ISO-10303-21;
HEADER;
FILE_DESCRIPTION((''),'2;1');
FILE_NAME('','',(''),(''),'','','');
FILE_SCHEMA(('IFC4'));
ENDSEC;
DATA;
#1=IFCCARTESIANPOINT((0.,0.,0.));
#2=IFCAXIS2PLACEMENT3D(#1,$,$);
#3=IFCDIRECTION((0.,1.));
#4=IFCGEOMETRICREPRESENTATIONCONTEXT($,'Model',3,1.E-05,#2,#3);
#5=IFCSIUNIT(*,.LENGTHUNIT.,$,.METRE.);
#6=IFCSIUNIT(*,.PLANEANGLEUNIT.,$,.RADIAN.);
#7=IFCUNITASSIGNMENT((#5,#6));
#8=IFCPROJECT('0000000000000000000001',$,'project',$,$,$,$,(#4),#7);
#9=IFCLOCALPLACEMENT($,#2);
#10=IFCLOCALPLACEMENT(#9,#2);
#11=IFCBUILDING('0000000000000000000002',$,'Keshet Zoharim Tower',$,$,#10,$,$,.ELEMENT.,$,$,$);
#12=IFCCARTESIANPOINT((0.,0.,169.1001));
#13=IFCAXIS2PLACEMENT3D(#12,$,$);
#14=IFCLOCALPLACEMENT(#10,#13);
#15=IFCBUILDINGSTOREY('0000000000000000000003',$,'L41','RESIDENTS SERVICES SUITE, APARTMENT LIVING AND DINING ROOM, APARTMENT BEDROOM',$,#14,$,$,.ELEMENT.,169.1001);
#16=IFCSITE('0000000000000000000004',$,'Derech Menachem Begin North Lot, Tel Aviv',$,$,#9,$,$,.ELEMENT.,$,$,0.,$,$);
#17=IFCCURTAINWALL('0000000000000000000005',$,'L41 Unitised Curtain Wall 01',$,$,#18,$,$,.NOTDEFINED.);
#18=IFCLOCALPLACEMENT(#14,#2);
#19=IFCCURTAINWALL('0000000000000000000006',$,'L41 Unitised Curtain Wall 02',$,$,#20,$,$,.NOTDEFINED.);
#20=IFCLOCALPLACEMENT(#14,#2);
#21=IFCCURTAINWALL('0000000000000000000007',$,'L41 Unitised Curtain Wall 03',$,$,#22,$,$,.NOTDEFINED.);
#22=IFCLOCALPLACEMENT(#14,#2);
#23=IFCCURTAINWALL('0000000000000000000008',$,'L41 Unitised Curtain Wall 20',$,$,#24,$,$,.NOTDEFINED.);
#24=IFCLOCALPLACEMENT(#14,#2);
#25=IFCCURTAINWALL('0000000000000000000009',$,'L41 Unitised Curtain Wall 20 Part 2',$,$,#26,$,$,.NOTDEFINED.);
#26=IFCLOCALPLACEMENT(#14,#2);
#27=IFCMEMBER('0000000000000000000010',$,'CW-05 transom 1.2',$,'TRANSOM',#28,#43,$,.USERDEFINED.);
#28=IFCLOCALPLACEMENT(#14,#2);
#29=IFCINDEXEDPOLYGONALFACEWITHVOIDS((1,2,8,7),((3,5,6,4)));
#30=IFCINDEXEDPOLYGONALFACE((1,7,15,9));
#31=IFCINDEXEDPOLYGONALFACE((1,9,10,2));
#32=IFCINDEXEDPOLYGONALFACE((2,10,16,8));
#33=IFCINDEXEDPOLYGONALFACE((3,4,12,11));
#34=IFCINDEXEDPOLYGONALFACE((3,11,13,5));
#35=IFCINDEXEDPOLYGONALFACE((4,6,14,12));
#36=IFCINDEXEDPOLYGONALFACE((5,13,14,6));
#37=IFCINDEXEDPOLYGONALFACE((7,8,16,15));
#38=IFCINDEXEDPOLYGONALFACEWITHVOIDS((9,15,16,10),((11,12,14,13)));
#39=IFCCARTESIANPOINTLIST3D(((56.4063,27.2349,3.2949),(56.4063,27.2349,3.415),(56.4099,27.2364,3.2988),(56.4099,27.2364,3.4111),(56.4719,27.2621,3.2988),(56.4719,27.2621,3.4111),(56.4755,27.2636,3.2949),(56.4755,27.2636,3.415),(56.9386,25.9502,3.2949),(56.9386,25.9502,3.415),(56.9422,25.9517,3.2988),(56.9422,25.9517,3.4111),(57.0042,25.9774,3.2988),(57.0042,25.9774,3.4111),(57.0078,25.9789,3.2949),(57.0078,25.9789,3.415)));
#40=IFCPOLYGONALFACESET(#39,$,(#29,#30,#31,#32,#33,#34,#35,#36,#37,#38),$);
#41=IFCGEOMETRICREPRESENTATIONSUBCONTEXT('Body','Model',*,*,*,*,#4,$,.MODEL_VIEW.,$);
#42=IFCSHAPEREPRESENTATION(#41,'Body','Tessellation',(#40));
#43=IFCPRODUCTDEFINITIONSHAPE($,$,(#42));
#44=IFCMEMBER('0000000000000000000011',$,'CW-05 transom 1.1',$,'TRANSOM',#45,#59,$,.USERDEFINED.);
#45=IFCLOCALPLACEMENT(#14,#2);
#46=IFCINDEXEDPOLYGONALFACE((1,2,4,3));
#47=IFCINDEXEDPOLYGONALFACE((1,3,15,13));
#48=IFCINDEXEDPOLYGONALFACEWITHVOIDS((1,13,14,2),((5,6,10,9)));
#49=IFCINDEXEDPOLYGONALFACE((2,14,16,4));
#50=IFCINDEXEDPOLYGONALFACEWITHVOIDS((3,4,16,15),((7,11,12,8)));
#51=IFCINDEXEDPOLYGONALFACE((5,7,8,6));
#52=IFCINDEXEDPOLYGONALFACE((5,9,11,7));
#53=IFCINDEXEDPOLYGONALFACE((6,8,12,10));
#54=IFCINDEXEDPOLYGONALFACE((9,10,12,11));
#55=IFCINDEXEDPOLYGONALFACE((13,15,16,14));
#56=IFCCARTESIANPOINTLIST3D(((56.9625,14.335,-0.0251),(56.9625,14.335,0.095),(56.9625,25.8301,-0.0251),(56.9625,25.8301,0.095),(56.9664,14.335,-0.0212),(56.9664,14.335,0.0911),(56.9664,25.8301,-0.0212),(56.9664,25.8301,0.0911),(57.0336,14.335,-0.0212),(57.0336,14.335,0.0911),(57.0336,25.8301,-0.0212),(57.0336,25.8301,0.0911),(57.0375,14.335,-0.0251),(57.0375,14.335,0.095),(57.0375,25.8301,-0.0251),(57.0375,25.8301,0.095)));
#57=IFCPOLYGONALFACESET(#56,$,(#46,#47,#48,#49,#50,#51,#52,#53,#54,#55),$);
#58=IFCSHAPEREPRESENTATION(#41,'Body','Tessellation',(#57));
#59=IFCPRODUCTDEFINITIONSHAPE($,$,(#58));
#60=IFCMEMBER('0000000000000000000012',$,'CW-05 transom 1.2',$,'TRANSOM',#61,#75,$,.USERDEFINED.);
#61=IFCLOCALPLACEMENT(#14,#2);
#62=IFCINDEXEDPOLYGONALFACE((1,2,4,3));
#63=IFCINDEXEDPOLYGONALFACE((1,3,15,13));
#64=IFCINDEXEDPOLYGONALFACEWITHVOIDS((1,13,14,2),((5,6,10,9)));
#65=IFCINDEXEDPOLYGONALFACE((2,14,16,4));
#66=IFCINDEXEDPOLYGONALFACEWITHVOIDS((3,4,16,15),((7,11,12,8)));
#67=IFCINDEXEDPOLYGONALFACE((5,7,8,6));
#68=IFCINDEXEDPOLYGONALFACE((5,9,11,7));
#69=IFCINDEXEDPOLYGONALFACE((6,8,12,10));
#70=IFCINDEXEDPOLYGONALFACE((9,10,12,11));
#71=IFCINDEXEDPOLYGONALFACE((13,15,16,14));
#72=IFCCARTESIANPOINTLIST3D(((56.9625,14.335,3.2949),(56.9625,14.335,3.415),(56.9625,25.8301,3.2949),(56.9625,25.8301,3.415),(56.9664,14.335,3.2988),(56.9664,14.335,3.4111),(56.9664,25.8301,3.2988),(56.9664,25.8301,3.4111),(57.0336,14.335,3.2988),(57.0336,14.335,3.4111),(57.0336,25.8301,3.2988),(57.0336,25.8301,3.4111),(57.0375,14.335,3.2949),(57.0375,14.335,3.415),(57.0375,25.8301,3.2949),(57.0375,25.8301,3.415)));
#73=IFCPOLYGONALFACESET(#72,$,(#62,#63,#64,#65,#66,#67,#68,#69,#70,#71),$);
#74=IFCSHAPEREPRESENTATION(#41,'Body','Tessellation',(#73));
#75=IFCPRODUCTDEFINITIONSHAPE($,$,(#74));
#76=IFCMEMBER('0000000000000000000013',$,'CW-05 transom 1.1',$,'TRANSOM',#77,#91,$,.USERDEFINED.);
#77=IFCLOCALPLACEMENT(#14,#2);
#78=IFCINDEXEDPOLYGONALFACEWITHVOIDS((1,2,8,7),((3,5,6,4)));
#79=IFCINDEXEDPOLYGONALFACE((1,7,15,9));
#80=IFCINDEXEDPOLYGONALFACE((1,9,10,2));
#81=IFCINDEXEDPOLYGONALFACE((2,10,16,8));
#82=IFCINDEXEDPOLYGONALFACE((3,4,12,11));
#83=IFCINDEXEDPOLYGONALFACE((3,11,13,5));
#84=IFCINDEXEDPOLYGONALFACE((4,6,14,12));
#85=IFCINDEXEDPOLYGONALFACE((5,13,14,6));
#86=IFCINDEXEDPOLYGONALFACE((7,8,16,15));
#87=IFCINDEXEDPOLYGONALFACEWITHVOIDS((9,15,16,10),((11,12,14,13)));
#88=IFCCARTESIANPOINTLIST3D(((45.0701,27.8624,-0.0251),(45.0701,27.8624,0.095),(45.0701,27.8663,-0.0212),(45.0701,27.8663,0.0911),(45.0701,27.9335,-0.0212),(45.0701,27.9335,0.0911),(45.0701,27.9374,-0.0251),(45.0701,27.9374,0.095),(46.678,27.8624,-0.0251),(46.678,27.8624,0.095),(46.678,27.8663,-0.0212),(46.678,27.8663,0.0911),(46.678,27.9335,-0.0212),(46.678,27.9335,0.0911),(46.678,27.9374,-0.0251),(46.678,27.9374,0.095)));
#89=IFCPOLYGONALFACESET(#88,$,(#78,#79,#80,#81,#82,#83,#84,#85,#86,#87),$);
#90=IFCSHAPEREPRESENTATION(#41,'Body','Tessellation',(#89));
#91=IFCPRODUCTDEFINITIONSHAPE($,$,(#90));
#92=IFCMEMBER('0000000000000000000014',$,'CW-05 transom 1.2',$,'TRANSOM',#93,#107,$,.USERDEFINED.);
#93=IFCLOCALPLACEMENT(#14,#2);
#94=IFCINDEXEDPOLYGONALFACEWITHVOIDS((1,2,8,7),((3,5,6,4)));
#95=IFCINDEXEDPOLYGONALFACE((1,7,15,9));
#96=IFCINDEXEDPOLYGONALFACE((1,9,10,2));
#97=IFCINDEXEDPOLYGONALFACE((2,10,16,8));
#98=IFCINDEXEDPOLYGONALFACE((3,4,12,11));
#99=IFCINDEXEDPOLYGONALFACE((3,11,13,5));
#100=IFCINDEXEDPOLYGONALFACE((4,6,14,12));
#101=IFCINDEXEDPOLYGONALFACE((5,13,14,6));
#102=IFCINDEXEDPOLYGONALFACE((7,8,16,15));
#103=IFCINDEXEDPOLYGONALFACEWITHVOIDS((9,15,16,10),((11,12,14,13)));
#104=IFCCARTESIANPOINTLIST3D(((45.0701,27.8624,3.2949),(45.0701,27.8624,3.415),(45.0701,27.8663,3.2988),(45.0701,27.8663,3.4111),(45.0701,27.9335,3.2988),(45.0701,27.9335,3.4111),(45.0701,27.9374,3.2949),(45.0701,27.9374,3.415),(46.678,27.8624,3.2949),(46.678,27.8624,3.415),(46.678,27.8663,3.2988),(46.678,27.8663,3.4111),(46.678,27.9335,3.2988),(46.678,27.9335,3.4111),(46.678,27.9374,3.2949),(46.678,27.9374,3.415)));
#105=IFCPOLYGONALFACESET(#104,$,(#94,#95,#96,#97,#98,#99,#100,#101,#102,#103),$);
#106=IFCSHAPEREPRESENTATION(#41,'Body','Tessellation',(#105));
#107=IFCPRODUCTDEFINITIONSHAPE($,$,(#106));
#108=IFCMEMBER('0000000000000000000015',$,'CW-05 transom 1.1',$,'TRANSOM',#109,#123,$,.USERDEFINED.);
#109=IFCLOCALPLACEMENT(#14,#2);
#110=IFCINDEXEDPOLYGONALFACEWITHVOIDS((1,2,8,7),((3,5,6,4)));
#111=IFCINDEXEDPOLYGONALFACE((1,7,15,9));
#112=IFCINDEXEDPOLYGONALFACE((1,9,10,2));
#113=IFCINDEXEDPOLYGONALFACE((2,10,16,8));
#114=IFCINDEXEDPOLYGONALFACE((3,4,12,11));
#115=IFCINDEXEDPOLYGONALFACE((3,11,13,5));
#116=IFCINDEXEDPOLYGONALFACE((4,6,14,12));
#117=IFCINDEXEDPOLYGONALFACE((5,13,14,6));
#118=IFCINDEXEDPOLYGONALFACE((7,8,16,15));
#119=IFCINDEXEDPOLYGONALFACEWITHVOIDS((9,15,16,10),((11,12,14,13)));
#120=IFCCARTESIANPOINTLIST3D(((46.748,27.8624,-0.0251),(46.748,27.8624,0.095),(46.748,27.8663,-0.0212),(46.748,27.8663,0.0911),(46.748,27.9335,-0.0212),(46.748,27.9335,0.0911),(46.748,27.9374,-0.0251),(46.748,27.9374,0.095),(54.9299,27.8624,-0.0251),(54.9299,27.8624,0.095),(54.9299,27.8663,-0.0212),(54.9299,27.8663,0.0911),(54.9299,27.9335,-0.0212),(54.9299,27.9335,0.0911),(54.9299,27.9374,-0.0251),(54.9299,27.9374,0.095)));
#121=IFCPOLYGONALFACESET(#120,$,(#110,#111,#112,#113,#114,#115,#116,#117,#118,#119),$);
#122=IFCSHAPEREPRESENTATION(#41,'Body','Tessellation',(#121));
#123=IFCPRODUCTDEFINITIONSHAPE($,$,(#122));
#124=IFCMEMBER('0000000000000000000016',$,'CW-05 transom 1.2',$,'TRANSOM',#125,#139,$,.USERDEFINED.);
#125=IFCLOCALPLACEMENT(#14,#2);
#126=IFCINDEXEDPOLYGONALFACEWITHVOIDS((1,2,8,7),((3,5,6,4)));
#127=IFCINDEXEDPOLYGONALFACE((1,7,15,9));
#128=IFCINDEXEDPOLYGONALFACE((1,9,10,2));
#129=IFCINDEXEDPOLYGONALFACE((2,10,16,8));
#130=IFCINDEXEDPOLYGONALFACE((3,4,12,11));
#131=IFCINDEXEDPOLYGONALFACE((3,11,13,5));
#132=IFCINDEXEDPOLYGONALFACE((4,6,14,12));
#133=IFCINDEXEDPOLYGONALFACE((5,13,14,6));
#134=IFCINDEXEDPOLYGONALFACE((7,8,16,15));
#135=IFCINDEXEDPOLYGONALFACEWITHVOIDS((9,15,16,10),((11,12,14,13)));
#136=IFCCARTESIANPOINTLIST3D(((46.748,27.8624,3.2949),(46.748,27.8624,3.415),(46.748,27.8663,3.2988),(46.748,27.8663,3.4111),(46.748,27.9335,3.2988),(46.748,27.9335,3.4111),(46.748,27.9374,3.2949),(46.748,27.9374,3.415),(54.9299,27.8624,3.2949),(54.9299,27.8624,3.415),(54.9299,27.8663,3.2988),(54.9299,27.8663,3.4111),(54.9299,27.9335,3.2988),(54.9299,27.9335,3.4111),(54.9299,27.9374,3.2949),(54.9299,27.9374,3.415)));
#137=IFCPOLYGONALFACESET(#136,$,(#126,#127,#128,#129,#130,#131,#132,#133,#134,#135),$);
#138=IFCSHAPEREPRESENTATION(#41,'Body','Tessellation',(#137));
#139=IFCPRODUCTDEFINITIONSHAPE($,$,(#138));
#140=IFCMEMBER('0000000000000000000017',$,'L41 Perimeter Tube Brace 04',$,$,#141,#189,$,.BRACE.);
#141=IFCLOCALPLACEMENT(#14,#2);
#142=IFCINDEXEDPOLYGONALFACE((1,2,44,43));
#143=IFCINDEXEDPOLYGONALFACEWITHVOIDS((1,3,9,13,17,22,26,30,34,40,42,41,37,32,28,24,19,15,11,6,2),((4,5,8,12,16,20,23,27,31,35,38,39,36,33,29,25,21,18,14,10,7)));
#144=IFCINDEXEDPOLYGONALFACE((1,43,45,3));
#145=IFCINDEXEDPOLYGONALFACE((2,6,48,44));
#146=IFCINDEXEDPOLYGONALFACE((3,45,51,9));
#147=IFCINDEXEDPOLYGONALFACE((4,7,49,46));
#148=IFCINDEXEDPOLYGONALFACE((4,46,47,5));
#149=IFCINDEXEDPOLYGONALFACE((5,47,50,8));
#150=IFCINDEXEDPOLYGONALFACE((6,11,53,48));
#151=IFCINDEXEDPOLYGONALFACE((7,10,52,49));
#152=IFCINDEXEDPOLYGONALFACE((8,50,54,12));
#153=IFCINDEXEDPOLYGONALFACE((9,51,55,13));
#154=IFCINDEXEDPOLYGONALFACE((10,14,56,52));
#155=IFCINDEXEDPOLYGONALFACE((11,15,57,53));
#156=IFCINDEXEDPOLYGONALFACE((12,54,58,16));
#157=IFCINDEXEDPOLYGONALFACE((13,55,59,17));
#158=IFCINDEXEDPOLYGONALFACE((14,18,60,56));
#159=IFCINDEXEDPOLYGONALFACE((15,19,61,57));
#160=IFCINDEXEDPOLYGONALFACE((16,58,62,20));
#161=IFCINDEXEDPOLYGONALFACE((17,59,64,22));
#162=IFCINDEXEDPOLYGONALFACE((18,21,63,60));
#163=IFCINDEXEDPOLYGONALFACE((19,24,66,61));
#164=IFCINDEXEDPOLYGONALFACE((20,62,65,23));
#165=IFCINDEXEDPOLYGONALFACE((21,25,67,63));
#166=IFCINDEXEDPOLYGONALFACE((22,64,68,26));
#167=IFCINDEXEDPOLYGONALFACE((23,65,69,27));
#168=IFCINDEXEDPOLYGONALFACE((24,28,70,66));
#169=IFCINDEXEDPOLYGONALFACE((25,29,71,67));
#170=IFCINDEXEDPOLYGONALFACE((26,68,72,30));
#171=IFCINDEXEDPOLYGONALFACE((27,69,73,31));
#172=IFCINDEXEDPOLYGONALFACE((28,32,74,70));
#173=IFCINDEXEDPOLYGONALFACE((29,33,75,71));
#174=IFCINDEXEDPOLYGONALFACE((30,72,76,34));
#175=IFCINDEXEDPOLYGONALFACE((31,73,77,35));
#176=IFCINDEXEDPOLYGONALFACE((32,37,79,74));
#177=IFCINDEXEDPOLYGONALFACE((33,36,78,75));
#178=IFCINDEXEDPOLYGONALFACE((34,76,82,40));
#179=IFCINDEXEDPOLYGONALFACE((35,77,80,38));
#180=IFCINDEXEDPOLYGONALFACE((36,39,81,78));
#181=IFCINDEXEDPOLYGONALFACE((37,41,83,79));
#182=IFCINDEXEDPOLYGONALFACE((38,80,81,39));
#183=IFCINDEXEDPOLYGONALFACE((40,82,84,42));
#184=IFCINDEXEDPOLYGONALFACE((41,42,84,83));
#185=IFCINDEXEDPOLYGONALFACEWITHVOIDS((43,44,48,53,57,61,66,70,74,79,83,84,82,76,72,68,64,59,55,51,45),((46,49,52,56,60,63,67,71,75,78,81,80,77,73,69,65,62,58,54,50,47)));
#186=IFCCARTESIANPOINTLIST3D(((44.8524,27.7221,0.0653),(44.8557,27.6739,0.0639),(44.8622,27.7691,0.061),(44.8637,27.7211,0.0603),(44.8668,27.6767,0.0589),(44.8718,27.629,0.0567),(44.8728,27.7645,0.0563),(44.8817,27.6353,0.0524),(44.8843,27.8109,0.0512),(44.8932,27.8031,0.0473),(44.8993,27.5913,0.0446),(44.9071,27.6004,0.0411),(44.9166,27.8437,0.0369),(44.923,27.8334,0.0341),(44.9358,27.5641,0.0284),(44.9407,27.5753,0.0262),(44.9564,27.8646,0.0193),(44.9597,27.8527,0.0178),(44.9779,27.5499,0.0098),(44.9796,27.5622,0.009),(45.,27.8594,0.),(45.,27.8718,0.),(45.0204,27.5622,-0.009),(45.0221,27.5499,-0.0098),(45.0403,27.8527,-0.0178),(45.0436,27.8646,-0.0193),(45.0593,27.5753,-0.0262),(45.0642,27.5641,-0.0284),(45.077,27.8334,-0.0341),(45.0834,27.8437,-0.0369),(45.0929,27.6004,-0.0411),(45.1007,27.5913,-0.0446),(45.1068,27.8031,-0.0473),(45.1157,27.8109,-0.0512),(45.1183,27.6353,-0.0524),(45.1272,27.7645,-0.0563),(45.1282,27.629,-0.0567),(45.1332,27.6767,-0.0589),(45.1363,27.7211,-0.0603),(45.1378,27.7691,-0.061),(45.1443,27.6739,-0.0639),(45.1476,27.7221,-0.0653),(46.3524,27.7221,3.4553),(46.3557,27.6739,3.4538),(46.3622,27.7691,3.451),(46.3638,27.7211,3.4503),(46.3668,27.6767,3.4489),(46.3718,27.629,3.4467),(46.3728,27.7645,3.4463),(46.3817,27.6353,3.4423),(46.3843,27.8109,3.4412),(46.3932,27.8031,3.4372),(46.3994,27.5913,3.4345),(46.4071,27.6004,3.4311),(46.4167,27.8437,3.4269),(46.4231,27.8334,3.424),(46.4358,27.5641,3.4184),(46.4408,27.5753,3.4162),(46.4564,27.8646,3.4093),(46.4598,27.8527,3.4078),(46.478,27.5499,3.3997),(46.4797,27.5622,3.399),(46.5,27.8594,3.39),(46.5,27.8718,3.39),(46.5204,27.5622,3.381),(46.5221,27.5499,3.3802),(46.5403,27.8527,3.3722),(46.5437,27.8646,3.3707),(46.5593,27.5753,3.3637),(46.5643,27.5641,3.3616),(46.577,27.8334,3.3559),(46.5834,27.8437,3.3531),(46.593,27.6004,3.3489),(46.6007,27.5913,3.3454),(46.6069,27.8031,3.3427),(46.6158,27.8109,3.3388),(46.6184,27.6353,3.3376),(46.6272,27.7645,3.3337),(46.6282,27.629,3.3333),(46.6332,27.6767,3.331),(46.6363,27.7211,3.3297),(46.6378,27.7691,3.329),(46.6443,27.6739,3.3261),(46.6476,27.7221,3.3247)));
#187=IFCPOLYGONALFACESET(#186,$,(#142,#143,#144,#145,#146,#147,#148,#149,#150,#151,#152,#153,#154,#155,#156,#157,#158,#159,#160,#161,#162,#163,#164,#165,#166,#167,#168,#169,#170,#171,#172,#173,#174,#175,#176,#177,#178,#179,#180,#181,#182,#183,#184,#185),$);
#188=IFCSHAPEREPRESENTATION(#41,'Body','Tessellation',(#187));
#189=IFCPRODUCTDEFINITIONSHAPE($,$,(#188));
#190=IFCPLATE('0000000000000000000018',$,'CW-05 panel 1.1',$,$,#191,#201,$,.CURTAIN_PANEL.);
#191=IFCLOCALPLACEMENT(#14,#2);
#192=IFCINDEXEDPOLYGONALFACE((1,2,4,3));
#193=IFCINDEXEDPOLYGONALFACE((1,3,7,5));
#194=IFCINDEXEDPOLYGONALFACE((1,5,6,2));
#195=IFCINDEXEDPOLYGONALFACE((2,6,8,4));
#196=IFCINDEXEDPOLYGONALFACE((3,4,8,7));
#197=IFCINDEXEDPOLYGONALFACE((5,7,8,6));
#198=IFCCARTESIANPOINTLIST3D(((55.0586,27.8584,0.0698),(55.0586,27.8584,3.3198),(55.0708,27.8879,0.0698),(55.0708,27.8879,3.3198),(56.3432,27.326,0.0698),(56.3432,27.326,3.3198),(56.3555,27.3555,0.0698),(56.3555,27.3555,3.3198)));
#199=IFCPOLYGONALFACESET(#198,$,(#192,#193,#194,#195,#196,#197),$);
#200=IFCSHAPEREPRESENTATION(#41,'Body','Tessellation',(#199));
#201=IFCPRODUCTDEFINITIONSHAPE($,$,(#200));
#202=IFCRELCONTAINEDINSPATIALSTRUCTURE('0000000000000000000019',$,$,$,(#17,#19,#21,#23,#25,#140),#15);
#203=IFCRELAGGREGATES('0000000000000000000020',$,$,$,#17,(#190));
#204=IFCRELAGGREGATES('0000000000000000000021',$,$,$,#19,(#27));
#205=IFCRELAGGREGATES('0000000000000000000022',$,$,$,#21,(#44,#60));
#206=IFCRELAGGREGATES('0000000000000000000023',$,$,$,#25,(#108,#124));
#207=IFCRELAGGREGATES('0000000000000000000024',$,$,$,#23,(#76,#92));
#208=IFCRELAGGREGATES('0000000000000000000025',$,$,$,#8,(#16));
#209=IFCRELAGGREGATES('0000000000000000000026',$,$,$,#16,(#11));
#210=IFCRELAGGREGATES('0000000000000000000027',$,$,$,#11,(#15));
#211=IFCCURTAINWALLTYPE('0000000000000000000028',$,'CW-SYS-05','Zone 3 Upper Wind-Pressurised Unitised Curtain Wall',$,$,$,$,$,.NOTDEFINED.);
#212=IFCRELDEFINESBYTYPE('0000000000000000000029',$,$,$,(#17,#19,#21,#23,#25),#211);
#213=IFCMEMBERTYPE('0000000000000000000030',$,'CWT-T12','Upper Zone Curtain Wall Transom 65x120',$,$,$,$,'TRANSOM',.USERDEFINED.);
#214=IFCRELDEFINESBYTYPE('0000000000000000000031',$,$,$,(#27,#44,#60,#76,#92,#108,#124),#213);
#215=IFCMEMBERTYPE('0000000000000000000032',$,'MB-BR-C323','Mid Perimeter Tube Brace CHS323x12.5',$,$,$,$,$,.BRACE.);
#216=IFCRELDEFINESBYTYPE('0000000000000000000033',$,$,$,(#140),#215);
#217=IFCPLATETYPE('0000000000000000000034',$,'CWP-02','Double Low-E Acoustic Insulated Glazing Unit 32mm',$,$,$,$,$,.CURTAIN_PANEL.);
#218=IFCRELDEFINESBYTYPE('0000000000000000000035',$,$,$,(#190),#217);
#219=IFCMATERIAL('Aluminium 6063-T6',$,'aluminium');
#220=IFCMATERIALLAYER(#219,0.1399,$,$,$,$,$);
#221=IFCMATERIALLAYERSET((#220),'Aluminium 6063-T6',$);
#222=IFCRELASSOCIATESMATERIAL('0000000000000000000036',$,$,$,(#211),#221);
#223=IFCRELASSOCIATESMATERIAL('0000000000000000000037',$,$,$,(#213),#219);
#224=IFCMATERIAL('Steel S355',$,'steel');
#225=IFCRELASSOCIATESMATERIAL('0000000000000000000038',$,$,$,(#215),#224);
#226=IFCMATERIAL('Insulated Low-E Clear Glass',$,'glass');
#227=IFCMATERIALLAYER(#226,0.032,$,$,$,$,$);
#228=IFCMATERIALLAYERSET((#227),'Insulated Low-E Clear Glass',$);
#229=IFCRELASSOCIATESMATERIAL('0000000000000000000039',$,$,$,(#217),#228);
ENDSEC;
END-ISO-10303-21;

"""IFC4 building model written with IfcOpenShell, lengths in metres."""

from ifc_helpers import new_model, si_unit, direction, frame, origin, origin_2d, place, context, subcontext, project, spatial, rectangle, hollow_rectangle, hollow_circle, extrude, material, layer, layer_set, material_profile, profile_set, type_object, element, aggregate, save


model = new_model("IFC4")

# Units and contexts
model_context = context("Model", 3, precision=1e-05, world=origin(), true_north=direction((0.0, 1.0)))
body_context = subcontext(model_context, "Body", "Model", "MODEL_VIEW")
ifc_project = project(units=[si_unit("LENGTHUNIT", "METRE"), si_unit("PLANEANGLEUNIT", "RADIAN")], contexts=[model_context])

# Site, building, storey
site_placement = place(None, origin())
site = spatial("IfcSite", under=ifc_project, at=site_placement, Name="Derech Menachem Begin North Lot, Tel Aviv", CompositionType="ELEMENT", RefElevation=0.0)
building_placement = place(site_placement, origin())
building = spatial("IfcBuilding", under=site, at=building_placement, Name="Keshet Zoharim Tower", CompositionType="ELEMENT")
storey_placement = place(building_placement, frame((0.0, 0.0, 169.1001)))
storey = spatial("IfcBuildingStorey", under=building, at=storey_placement, Name="L41", Description="RESIDENTS SERVICES SUITE, APARTMENT LIVING AND DINING ROOM, APARTMENT BEDROOM", CompositionType="ELEMENT", Elevation=169.1001)

# Shared definitions
ifc_material_1 = material(Name="Steel S355", Category="steel")

# Curtain walls
ifc_material_2 = material(Name="Aluminium 6063-T6", Category="aluminium")
ifc_layer_1 = layer(ifc_material_2, 0.1399)
ifc_layer_set_1 = layer_set([ifc_layer_1], Name="Aluminium 6063-T6")
curtain_wall_type = type_object("IfcCurtainWallType", Name="CW-SYS-05", Description="Zone 3 Upper Wind-Pressurised Unitised Curtain Wall", PredefinedType="NOTDEFINED", material=ifc_layer_set_1)
curtain_wall_1_placement = place(storey_placement, origin())
curtain_wall_1 = element("IfcCurtainWall", 1, at=curtain_wall_1_placement, inside=storey, type_object=curtain_wall_type, Name="L41 Unitised Curtain Wall 01", PredefinedType="NOTDEFINED")
curtain_wall_2_placement = place(storey_placement, origin())
curtain_wall_2 = element("IfcCurtainWall", 2, at=curtain_wall_2_placement, inside=storey, type_object=curtain_wall_type, Name="L41 Unitised Curtain Wall 02", PredefinedType="NOTDEFINED")

# Curtain wall
curtain_wall_3_placement = place(storey_placement, origin())
curtain_wall_3 = element("IfcCurtainWall", 3, at=curtain_wall_3_placement, inside=storey, type_object=curtain_wall_type, Name="L41 Unitised Curtain Wall 03", PredefinedType="NOTDEFINED")

# Curtain wall
curtain_wall_4_placement = place(storey_placement, origin())
curtain_wall_4 = element("IfcCurtainWall", 4, at=curtain_wall_4_placement, inside=storey, type_object=curtain_wall_type, Name="L41 Unitised Curtain Wall 20", PredefinedType="NOTDEFINED")

# Curtain wall
curtain_wall_5_placement = place(storey_placement, origin())
curtain_wall_5 = element("IfcCurtainWall", 5, at=curtain_wall_5_placement, inside=storey, type_object=curtain_wall_type, Name="L41 Unitised Curtain Wall 20 Part 2", PredefinedType="NOTDEFINED")

# Members
ifc_material_profile_1 = material_profile(ifc_material_2, hollow_rectangle(XDim=0.075, YDim=0.1201, WallThickness=0.0039, at=origin_2d()), Name="TRN-75x120")
ifc_profile_set_1 = profile_set([ifc_material_profile_1], Name="Aluminium 6063-T6")
member_type_1 = type_object("IfcMemberType", Name="CWT-T12", Description="Upper Zone Curtain Wall Transom 65x120", ElementType="TRANSOM", PredefinedType="USERDEFINED", material=ifc_profile_set_1)
member_1_placement = place(storey_placement, frame((56.4409, 27.2493, 3.355), z_axis=(0.382745, -0.923854, 0.0), x_axis=(0.923854, 0.382745, 0.0)))
member_1 = element("IfcMember", 6, at=member_1_placement, type_object=member_type_1, Name="CW-05 transom 1.2", ObjectType="TRANSOM", PredefinedType="USERDEFINED", context=body_context, shape_type="SweptSolid", body=[
    extrude(hollow_rectangle(XDim=0.075, YDim=0.1201, WallThickness=0.0039, at=origin_2d()), origin(), (0.0, 0.0, 1.0), 1.3906),
])
member_2_placement = place(storey_placement, frame((57.0, 25.8301, 0.0349), z_axis=(0.0, -1.0, 0.0), x_axis=(1.0, 0.0, 0.0)))
member_2 = element("IfcMember", 7, at=member_2_placement, type_object=member_type_1, Name="CW-05 transom 1.1", ObjectType="TRANSOM", PredefinedType="USERDEFINED", context=body_context, shape_type="SweptSolid", body=[
    extrude(hollow_rectangle(XDim=0.075, YDim=0.1201, WallThickness=0.0039, at=origin_2d()), origin(), (0.0, 0.0, 1.0), 11.4951),
])
member_3_placement = place(storey_placement, frame((57.0, 25.8301, 3.355), z_axis=(0.0, -1.0, 0.0), x_axis=(1.0, 0.0, 0.0)))
member_3 = element("IfcMember", 8, at=member_3_placement, type_object=member_type_1, Name="CW-05 transom 1.2", ObjectType="TRANSOM", PredefinedType="USERDEFINED", context=body_context, shape_type="SweptSolid", body=[
    extrude(hollow_rectangle(XDim=0.075, YDim=0.1201, WallThickness=0.0039, at=origin_2d()), origin(), (0.0, 0.0, 1.0), 11.4951),
])
member_4_placement = place(storey_placement, frame((45.0701, 27.8999, 0.0349), z_axis=(1.0, 0.0, 0.0), x_axis=(0.0, 1.0, 0.0)))
member_4 = element("IfcMember", 9, at=member_4_placement, type_object=member_type_1, Name="CW-05 transom 1.1", ObjectType="TRANSOM", PredefinedType="USERDEFINED", context=body_context, shape_type="SweptSolid", body=[
    extrude(hollow_rectangle(XDim=0.075, YDim=0.1201, WallThickness=0.0039, at=origin_2d()), origin(), (0.0, 0.0, 1.0), 1.6079),
])
member_5_placement = place(storey_placement, frame((45.0701, 27.8999, 3.355), z_axis=(1.0, 0.0, 0.0), x_axis=(0.0, 1.0, 0.0)))
member_5 = element("IfcMember", 10, at=member_5_placement, type_object=member_type_1, Name="CW-05 transom 1.2", ObjectType="TRANSOM", PredefinedType="USERDEFINED", context=body_context, shape_type="SweptSolid", body=[
    extrude(hollow_rectangle(XDim=0.075, YDim=0.1201, WallThickness=0.0039, at=origin_2d()), origin(), (0.0, 0.0, 1.0), 1.6079),
])
member_6_placement = place(storey_placement, frame((46.748, 27.8999, 0.0349), z_axis=(1.0, 0.0, 0.0), x_axis=(0.0, 1.0, 0.0)))
member_6 = element("IfcMember", 11, at=member_6_placement, type_object=member_type_1, Name="CW-05 transom 1.1", ObjectType="TRANSOM", PredefinedType="USERDEFINED", context=body_context, shape_type="SweptSolid", body=[
    extrude(hollow_rectangle(XDim=0.075, YDim=0.1201, WallThickness=0.0039, at=origin_2d()), origin(), (0.0, 0.0, 1.0), 8.1819),
])
member_7_placement = place(storey_placement, frame((46.748, 27.8999, 3.355), z_axis=(1.0, 0.0, 0.0), x_axis=(0.0, 1.0, 0.0)))
member_7 = element("IfcMember", 12, at=member_7_placement, type_object=member_type_1, Name="CW-05 transom 1.2", ObjectType="TRANSOM", PredefinedType="USERDEFINED", context=body_context, shape_type="SweptSolid", body=[
    extrude(hollow_rectangle(XDim=0.075, YDim=0.1201, WallThickness=0.0039, at=origin_2d()), origin(), (0.0, 0.0, 1.0), 8.1819),
])
ifc_material_profile_2 = material_profile(ifc_material_1, hollow_circle(Radius=0.1619, WallThickness=0.0125, at=origin_2d()), Name="CHS323x12.5")
ifc_profile_set_2 = profile_set([ifc_material_profile_2], Name="Steel S355")
member_type_2 = type_object("IfcMemberType", Name="MB-BR-C323", Description="Mid Perimeter Tube Brace CHS323x12.5", PredefinedType="BRACE", material=ifc_profile_set_2)
member_8_placement = place(storey_placement, frame((45.0, 27.71, 0.0), z_axis=(0.404647, 0.0, 0.914473), x_axis=(0.0, 1.0, 0.0)))
element("IfcMember", 13, at=member_8_placement, inside=storey, type_object=member_type_2, Name="L41 Perimeter Tube Brace 04", PredefinedType="BRACE", context=body_context, shape_type="SweptSolid", body=[
    extrude(hollow_circle(Radius=0.1619, WallThickness=0.0125, at=origin_2d()), origin(), (0.0, 0.0, 1.0), 3.707),
])

# Plate
ifc_material_3 = material(Name="Insulated Low-E Clear Glass", Category="glass")
ifc_layer_2 = layer(ifc_material_3, 0.032)
ifc_layer_set_2 = layer_set([ifc_layer_2], Name="Insulated Low-E Clear Glass")
plate_type_1 = type_object("IfcPlateType", Name="CWP-02", Description="Double Low-E Acoustic Insulated Glazing Unit 32mm", PredefinedType="CURTAIN_PANEL", material=ifc_layer_set_2)
plate_1_placement = place(storey_placement, frame((55.707, 27.6069, 0.0698), z_axis=(0.0, 0.0, 1.0), x_axis=(0.92381, -0.382852, 0.0)))
plate_1 = element("IfcPlate", 14, at=plate_1_placement, type_object=plate_type_1, Name="CW-05 panel 1.1", PredefinedType="CURTAIN_PANEL", context=body_context, shape_type="SweptSolid", body=[
    extrude(rectangle(XDim=1.3906, YDim=0.032, at=origin_2d()), origin(), (0.0, 0.0, 1.0), 3.25),
])
aggregate(curtain_wall_1, [plate_1])
aggregate(curtain_wall_2, [member_1])
aggregate(curtain_wall_3, [member_2, member_3])
aggregate(curtain_wall_5, [member_6, member_7])
aggregate(curtain_wall_4, [member_4, member_5])

save(model, "model.ifc")
